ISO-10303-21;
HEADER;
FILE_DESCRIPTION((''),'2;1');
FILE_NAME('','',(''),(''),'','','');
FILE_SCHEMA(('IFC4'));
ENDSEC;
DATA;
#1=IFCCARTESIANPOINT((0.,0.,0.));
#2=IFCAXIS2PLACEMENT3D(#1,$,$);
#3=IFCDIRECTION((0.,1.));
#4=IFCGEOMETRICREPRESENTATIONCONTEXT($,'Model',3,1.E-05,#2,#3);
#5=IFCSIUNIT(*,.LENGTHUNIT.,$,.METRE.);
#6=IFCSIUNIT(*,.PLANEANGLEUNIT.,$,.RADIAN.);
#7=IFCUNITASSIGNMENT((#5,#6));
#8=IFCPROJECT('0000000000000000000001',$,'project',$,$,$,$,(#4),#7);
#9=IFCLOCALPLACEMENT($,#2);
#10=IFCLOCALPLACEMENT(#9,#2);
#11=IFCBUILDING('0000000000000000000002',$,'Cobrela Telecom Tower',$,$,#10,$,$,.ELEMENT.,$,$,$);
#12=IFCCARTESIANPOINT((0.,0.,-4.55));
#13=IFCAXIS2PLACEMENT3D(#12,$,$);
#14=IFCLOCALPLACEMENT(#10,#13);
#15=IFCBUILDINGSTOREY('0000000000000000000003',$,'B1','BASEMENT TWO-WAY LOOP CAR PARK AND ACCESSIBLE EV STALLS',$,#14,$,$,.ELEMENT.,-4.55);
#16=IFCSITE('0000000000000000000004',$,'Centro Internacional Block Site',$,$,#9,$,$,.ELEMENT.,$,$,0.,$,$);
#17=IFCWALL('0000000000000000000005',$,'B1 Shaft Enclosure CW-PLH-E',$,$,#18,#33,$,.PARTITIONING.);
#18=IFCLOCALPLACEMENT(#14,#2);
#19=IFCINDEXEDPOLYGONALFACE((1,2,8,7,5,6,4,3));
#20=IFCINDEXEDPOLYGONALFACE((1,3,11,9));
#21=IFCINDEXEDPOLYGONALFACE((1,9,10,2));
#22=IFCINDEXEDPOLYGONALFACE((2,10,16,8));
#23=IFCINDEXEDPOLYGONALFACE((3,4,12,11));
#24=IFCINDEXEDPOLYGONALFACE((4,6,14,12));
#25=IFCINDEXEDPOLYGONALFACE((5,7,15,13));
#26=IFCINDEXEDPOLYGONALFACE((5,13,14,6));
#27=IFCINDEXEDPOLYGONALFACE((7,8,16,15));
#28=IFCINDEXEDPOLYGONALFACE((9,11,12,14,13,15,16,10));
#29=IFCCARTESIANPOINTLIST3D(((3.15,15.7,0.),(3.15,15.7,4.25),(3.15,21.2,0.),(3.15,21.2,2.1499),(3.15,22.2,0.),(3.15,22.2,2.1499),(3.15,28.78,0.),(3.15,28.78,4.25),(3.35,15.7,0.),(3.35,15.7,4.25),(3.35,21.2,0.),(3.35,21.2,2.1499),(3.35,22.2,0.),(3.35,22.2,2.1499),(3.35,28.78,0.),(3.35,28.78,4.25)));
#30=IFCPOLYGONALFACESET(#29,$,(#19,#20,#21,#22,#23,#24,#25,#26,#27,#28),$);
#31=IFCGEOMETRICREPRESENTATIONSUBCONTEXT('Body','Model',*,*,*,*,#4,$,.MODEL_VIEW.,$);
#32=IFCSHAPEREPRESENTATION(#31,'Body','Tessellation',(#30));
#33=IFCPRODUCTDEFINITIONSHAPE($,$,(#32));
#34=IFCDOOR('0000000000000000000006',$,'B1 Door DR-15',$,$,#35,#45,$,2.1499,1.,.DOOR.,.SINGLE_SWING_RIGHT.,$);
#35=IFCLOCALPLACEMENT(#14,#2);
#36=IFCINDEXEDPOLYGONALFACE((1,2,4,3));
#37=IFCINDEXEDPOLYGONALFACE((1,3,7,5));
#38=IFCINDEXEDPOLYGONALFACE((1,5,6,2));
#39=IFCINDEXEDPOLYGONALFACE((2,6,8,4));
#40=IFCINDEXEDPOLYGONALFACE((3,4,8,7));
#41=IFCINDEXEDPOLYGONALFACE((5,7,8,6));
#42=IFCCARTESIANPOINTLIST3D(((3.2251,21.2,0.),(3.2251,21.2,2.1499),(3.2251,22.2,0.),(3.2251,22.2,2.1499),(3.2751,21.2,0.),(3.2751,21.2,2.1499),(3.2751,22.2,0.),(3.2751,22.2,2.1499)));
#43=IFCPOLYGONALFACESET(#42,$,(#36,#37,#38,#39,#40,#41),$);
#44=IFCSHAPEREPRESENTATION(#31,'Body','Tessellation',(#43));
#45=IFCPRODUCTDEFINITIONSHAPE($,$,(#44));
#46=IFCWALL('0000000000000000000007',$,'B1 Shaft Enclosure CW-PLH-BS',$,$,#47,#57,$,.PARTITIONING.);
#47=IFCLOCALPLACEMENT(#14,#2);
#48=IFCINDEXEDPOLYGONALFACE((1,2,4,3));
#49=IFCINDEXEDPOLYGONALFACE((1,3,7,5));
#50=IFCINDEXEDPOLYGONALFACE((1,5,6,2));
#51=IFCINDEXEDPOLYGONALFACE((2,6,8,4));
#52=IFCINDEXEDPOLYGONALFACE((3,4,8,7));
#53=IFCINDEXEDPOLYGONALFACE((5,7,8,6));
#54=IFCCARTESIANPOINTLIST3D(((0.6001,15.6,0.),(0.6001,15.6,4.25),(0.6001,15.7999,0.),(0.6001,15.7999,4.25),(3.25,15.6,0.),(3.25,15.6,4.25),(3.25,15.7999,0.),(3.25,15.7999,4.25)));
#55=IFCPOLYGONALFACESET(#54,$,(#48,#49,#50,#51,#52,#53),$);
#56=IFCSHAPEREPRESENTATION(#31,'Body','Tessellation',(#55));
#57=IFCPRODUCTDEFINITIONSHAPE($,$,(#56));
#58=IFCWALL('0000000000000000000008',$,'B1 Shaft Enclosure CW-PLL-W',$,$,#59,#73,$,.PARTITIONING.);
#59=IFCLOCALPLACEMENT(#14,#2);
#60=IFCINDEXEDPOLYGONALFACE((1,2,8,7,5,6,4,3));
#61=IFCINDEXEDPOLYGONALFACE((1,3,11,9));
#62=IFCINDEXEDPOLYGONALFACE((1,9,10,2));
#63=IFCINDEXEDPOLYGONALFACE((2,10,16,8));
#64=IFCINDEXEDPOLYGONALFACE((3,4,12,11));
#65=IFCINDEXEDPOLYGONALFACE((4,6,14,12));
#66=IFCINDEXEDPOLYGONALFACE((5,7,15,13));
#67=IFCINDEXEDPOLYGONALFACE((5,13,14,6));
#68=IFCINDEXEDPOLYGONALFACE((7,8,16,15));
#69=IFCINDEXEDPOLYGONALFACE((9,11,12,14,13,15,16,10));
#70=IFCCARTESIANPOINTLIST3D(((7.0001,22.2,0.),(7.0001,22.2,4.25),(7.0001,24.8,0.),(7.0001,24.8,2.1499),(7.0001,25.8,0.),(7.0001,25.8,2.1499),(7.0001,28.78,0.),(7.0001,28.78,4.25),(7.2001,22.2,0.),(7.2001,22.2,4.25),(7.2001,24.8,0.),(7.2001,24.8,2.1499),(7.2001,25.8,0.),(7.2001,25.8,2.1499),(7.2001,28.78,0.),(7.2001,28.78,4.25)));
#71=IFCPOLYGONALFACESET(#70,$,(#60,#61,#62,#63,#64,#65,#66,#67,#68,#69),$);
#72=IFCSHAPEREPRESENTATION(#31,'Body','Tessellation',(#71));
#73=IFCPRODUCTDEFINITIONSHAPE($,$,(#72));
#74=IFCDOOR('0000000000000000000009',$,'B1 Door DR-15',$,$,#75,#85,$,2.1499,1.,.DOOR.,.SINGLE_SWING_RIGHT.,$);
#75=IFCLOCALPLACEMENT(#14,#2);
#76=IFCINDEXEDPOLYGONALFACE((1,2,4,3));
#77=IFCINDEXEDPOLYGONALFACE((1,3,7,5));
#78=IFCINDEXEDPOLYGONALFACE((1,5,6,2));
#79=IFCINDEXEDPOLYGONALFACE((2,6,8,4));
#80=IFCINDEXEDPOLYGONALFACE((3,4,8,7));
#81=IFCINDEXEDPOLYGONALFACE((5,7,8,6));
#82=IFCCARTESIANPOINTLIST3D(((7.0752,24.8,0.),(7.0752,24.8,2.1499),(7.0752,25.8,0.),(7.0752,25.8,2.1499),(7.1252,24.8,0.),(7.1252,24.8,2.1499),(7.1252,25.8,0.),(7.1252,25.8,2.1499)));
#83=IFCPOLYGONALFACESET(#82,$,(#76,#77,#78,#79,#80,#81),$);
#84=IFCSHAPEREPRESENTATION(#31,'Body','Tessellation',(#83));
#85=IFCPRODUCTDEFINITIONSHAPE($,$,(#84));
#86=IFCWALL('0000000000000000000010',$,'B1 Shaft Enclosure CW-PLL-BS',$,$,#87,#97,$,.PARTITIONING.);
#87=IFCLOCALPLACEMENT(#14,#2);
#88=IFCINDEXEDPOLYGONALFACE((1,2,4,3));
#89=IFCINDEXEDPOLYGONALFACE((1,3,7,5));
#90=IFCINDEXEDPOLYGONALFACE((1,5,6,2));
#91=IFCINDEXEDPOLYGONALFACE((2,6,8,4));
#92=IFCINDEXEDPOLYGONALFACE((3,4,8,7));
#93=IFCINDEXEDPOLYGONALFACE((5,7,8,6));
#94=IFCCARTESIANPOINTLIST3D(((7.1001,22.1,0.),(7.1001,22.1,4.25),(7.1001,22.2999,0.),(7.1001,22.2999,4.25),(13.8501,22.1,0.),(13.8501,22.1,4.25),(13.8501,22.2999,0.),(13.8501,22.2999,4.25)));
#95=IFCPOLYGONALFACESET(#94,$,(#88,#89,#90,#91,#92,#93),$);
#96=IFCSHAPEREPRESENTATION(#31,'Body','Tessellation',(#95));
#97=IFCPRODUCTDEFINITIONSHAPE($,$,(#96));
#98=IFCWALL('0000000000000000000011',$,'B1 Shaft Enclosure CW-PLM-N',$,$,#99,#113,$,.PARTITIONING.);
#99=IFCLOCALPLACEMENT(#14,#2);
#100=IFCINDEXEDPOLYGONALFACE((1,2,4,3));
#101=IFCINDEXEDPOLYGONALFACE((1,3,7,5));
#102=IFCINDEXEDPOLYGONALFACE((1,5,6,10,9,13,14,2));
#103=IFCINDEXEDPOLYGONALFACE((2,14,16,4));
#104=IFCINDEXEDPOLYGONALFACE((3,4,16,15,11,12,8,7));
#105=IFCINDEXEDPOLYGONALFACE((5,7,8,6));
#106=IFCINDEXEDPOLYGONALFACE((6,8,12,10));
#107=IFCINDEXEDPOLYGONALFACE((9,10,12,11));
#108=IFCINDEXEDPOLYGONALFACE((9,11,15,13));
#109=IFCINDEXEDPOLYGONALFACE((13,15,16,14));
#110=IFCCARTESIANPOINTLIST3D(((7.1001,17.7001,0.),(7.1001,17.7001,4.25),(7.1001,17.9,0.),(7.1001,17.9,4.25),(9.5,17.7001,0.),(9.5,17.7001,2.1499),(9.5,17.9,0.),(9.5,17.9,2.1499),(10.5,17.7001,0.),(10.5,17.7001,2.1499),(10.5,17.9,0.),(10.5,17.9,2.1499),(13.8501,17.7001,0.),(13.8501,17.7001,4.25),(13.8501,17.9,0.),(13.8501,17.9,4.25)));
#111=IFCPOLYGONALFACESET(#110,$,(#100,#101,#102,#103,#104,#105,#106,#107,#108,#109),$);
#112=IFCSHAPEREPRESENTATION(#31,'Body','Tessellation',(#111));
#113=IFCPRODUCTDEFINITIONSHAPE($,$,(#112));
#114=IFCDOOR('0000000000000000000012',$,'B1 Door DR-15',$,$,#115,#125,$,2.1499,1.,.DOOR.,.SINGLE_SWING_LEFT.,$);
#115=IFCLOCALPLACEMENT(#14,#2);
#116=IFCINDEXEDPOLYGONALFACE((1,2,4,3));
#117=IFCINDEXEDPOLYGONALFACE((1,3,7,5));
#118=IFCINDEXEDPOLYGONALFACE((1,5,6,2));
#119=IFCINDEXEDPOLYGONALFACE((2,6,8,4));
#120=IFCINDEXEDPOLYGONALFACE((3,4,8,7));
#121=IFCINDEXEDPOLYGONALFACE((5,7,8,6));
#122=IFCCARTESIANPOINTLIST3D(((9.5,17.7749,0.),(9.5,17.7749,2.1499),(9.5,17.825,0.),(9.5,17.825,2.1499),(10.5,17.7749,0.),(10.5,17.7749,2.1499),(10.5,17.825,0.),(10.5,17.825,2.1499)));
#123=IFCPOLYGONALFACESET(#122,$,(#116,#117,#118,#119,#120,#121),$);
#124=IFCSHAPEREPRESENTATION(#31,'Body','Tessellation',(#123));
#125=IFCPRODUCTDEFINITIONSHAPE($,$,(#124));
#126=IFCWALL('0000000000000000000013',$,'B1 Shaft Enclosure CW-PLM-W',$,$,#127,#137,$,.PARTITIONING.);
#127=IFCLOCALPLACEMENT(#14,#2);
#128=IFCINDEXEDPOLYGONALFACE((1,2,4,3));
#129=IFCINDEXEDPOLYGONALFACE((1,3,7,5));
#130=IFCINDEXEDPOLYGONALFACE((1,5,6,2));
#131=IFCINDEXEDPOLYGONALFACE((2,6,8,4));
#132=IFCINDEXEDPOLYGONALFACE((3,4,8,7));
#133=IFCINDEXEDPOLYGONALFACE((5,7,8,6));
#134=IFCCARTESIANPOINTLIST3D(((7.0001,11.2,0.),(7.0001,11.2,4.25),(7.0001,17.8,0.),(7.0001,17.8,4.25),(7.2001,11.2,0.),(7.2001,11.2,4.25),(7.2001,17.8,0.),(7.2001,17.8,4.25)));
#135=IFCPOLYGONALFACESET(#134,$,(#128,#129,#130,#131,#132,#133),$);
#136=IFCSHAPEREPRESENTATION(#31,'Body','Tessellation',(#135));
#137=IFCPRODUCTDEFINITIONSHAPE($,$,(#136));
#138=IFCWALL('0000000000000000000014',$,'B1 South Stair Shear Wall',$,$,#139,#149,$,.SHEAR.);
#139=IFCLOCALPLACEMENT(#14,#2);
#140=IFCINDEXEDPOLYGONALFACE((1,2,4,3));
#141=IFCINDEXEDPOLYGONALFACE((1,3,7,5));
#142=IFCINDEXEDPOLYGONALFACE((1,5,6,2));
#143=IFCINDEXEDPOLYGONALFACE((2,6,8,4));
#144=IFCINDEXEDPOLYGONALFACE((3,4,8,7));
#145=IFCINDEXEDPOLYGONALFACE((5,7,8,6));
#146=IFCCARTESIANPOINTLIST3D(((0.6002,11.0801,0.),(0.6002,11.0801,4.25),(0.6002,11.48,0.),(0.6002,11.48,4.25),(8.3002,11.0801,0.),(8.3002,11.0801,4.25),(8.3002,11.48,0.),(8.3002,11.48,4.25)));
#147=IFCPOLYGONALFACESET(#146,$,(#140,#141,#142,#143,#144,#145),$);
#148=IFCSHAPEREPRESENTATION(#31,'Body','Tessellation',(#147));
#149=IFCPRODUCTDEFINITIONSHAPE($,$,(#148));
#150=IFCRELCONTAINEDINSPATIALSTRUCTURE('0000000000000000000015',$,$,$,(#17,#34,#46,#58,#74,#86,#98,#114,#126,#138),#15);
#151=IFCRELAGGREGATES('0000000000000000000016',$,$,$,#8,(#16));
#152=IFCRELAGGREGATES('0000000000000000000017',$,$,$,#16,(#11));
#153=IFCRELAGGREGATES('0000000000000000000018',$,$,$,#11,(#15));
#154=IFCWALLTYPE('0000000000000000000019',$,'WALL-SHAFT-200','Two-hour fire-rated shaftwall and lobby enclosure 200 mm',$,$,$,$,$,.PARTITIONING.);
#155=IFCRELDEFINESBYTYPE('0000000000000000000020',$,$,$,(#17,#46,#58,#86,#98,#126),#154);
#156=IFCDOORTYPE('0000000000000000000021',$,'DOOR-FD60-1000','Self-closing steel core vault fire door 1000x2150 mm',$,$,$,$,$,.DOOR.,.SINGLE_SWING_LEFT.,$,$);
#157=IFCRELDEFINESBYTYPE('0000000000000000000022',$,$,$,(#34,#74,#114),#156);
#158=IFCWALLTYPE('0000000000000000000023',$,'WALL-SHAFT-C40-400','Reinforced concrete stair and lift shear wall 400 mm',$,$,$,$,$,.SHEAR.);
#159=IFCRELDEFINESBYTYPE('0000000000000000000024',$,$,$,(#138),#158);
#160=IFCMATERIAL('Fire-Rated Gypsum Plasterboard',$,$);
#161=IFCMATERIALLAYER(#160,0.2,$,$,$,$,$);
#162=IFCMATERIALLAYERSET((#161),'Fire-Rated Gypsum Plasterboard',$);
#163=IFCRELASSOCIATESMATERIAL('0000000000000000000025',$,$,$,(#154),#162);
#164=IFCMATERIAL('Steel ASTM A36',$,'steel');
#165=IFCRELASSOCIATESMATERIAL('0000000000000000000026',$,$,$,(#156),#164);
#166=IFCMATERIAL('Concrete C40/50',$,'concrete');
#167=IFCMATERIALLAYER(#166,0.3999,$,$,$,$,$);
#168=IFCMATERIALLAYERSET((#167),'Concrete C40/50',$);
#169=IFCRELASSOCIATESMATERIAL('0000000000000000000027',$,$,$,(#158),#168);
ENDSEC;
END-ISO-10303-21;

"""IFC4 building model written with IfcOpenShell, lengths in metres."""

from ifc_helpers import new_model, si_unit, direction, frame, frame_2d, origin, place, context, subcontext, project, spatial, rectangle, extrude, material, layer, layer_set, type_object, element, fill, save


model = new_model("IFC4")

# Units and contexts
model_context = context("Model", 3, precision=1e-05, world=origin(), true_north=direction((0.0, 1.0)))
body_context = subcontext(model_context, "Body", "Model", "MODEL_VIEW")
ifc_project = project(units=[si_unit("LENGTHUNIT", "METRE"), si_unit("PLANEANGLEUNIT", "RADIAN")], contexts=[model_context])

# Site, building, storey
site_placement = place(None, origin())
site = spatial("IfcSite", under=ifc_project, at=site_placement, Name="Centro Internacional Block Site", CompositionType="ELEMENT", RefElevation=0.0)
building_placement = place(site_placement, origin())
building = spatial("IfcBuilding", under=site, at=building_placement, Name="Cobrela Telecom Tower", CompositionType="ELEMENT")
storey_placement = place(building_placement, frame((0.0, 0.0, -4.55)))
storey = spatial("IfcBuildingStorey", under=building, at=storey_placement, Name="B1", Description="BASEMENT TWO-WAY LOOP CAR PARK AND ACCESSIBLE EV STALLS", CompositionType="ELEMENT", Elevation=-4.55)

# Shared definitions
ifc_material_1 = material(Name="Fire-Rated Gypsum Plasterboard")

# Shared definitions
ifc_layer_1 = layer(ifc_material_1, 0.2)
ifc_layer_set_1 = layer_set([ifc_layer_1], Name="Fire-Rated Gypsum Plasterboard")
wall_type_1 = type_object("IfcWallType", Name="WALL-SHAFT-200", Description="Two-hour fire-rated shaftwall and lobby enclosure 200 mm", PredefinedType="PARTITIONING", material=ifc_layer_set_1)

# Shared definitions
ifc_material_2 = material(Name="Steel ASTM A36", Category="steel")

# Wall, opening, door
wall_1_placement = place(storey_placement, frame((3.25, 15.7, 0.0), z_axis=(0.0, 0.0, 1.0), x_axis=(0.0, 1.0, 0.0)))
wall_1 = element("IfcWall", 1, at=wall_1_placement, inside=storey, type_object=wall_type_1, Name="B1 Shaft Enclosure CW-PLH-E", PredefinedType="PARTITIONING", context=body_context, shape_type="SweptSolid", body=[
    extrude(rectangle(XDim=13.0801, YDim=0.2, at=frame_2d((6.54, 0.0))), origin(), (0.0, 0.0, 1.0), 4.25),
])
opening_1_placement = place(wall_1_placement, frame((5.5, 0.0, 0.0)))
opening_1 = element("IfcOpeningElement", 2, at=opening_1_placement, cuts=wall_1, PredefinedType="OPENING", context=body_context, shape_type="SweptSolid", body=[
    extrude(rectangle(XDim=1.0, YDim=2.1499, at=frame_2d((0.5, 1.075))), frame((0.0, 0.1118, 0.0), z_axis=(0.0, -1.0, 0.0), x_axis=(1.0, 0.0, 0.0)), (0.0, 0.0, 1.0), 0.2239),
])
door_type_1 = type_object("IfcDoorType", Name="DOOR-FD60-1000", Description="Self-closing steel core vault fire door 1000x2150 mm", OperationType="SINGLE_SWING_LEFT", PredefinedType="DOOR", material=ifc_material_2)
door_1_placement = place(opening_1_placement, origin())
door_1 = element("IfcDoor", 3, at=door_1_placement, inside=storey, type_object=door_type_1, Name="B1 Door DR-15", OperationType="SINGLE_SWING_RIGHT", OverallHeight=2.1499, OverallWidth=1.0, PredefinedType="DOOR", context=body_context, shape_type="SweptSolid", body=[
    extrude(rectangle(XDim=1.0, YDim=2.1499, at=frame_2d((0.5, 1.075))), frame((0.0, 0.0249, 0.0), z_axis=(0.0, -1.0, 0.0), x_axis=(1.0, 0.0, 0.0)), (0.0, 0.0, 1.0), 0.05),
])
fill(opening_1, door_1)

# Wall
wall_2_placement = place(storey_placement, frame((0.6001, 15.7, 0.0), z_axis=(0.0, 0.0, 1.0), x_axis=(1.0, 0.0, 0.0)))
element("IfcWall", 4, at=wall_2_placement, inside=storey, type_object=wall_type_1, Name="B1 Shaft Enclosure CW-PLH-BS", PredefinedType="PARTITIONING", context=body_context, shape_type="SweptSolid", body=[
    extrude(rectangle(XDim=2.6499, YDim=0.2, at=frame_2d((1.325, 0.0))), origin(), (0.0, 0.0, 1.0), 4.25),
])

# Wall, opening, door
wall_3_placement = place(storey_placement, frame((7.1001, 22.2, 0.0), z_axis=(0.0, 0.0, 1.0), x_axis=(0.0, 1.0, 0.0)))
wall_3 = element("IfcWall", 5, at=wall_3_placement, inside=storey, type_object=wall_type_1, Name="B1 Shaft Enclosure CW-PLL-W", PredefinedType="PARTITIONING", context=body_context, shape_type="SweptSolid", body=[
    extrude(rectangle(XDim=6.5801, YDim=0.2, at=frame_2d((3.29, 0.0))), origin(), (0.0, 0.0, 1.0), 4.25),
])
opening_2_placement = place(wall_3_placement, frame((2.6001, 0.0, 0.0)))
opening_2 = element("IfcOpeningElement", 6, at=opening_2_placement, cuts=wall_3, PredefinedType="OPENING", context=body_context, shape_type="SweptSolid", body=[
    extrude(rectangle(XDim=1.0, YDim=2.1499, at=frame_2d((0.5, 1.075))), frame((0.0, 0.1118, 0.0), z_axis=(0.0, -1.0, 0.0), x_axis=(1.0, 0.0, 0.0)), (0.0, 0.0, 1.0), 0.2239),
])
door_2_placement = place(opening_2_placement, origin())
door_2 = element("IfcDoor", 7, at=door_2_placement, inside=storey, type_object=door_type_1, Name="B1 Door DR-15", OperationType="SINGLE_SWING_RIGHT", OverallHeight=2.1499, OverallWidth=1.0, PredefinedType="DOOR", context=body_context, shape_type="SweptSolid", body=[
    extrude(rectangle(XDim=1.0, YDim=2.1499, at=frame_2d((0.5, 1.075))), frame((0.0, 0.0249, 0.0), z_axis=(0.0, -1.0, 0.0), x_axis=(1.0, 0.0, 0.0)), (0.0, 0.0, 1.0), 0.05),
])
fill(opening_2, door_2)

# Wall
wall_4_placement = place(storey_placement, frame((7.1001, 22.2, 0.0), z_axis=(0.0, 0.0, 1.0), x_axis=(1.0, 0.0, 0.0)))
element("IfcWall", 8, at=wall_4_placement, inside=storey, type_object=wall_type_1, Name="B1 Shaft Enclosure CW-PLL-BS", PredefinedType="PARTITIONING", context=body_context, shape_type="SweptSolid", body=[
    extrude(rectangle(XDim=6.75, YDim=0.2, at=frame_2d((3.375, 0.0))), origin(), (0.0, 0.0, 1.0), 4.25),
])

# Wall, opening, door
wall_5_placement = place(storey_placement, frame((7.1001, 17.8, 0.0), z_axis=(0.0, 0.0, 1.0), x_axis=(1.0, 0.0, 0.0)))
wall_5 = element("IfcWall", 9, at=wall_5_placement, inside=storey, type_object=wall_type_1, Name="B1 Shaft Enclosure CW-PLM-N", PredefinedType="PARTITIONING", context=body_context, shape_type="SweptSolid", body=[
    extrude(rectangle(XDim=6.75, YDim=0.2, at=frame_2d((3.375, 0.0))), origin(), (0.0, 0.0, 1.0), 4.25),
])
opening_3_placement = place(wall_5_placement, frame((2.3999, 0.0, 0.0)))
opening_3 = element("IfcOpeningElement", 10, at=opening_3_placement, cuts=wall_5, PredefinedType="OPENING", context=body_context, shape_type="SweptSolid", body=[
    extrude(rectangle(XDim=1.0, YDim=2.1499, at=frame_2d((0.5, 1.075))), frame((0.0, 0.1118, 0.0), z_axis=(0.0, -1.0, 0.0), x_axis=(1.0, 0.0, 0.0)), (0.0, 0.0, 1.0), 0.2239),
])
door_3_placement = place(opening_3_placement, origin())
door_3 = element("IfcDoor", 11, at=door_3_placement, inside=storey, type_object=door_type_1, Name="B1 Door DR-15", OperationType="SINGLE_SWING_LEFT", OverallHeight=2.1499, OverallWidth=1.0, PredefinedType="DOOR", context=body_context, shape_type="SweptSolid", body=[
    extrude(rectangle(XDim=1.0, YDim=2.1499, at=frame_2d((0.5, 1.075))), frame((0.0, 0.0249, 0.0), z_axis=(0.0, -1.0, 0.0), x_axis=(1.0, 0.0, 0.0)), (0.0, 0.0, 1.0), 0.05),
])
fill(opening_3, door_3)

# Walls
wall_6_placement = place(storey_placement, frame((7.1001, 11.2, 0.0), z_axis=(0.0, 0.0, 1.0), x_axis=(0.0, 1.0, 0.0)))
element("IfcWall", 12, at=wall_6_placement, inside=storey, type_object=wall_type_1, Name="B1 Shaft Enclosure CW-PLM-W", PredefinedType="PARTITIONING", context=body_context, shape_type="SweptSolid", body=[
    extrude(rectangle(XDim=6.6001, YDim=0.2, at=frame_2d((3.3, 0.0))), origin(), (0.0, 0.0, 1.0), 4.25),
])
ifc_material_3 = material(Name="Concrete C40/50", Category="concrete")
ifc_layer_2 = layer(ifc_material_3, 0.3999)
ifc_layer_set_2 = layer_set([ifc_layer_2], Name="Concrete C40/50")
wall_type_2 = type_object("IfcWallType", Name="WALL-SHAFT-C40-400", Description="Reinforced concrete stair and lift shear wall 400 mm", PredefinedType="SHEAR", material=ifc_layer_set_2)
wall_7_placement = place(storey_placement, frame((0.6001, 11.28, 0.0), z_axis=(0.0, 0.0, 1.0), x_axis=(1.0, 0.0, 0.0)))
element("IfcWall", 13, at=wall_7_placement, inside=storey, type_object=wall_type_2, Name="B1 South Stair Shear Wall", PredefinedType="SHEAR", context=body_context, shape_type="SweptSolid", body=[
    extrude(rectangle(XDim=7.7, YDim=0.3999, at=frame_2d((3.8501, 0.0))), origin(), (0.0, 0.0, 1.0), 4.25),
])

save(model, "model.ifc")
